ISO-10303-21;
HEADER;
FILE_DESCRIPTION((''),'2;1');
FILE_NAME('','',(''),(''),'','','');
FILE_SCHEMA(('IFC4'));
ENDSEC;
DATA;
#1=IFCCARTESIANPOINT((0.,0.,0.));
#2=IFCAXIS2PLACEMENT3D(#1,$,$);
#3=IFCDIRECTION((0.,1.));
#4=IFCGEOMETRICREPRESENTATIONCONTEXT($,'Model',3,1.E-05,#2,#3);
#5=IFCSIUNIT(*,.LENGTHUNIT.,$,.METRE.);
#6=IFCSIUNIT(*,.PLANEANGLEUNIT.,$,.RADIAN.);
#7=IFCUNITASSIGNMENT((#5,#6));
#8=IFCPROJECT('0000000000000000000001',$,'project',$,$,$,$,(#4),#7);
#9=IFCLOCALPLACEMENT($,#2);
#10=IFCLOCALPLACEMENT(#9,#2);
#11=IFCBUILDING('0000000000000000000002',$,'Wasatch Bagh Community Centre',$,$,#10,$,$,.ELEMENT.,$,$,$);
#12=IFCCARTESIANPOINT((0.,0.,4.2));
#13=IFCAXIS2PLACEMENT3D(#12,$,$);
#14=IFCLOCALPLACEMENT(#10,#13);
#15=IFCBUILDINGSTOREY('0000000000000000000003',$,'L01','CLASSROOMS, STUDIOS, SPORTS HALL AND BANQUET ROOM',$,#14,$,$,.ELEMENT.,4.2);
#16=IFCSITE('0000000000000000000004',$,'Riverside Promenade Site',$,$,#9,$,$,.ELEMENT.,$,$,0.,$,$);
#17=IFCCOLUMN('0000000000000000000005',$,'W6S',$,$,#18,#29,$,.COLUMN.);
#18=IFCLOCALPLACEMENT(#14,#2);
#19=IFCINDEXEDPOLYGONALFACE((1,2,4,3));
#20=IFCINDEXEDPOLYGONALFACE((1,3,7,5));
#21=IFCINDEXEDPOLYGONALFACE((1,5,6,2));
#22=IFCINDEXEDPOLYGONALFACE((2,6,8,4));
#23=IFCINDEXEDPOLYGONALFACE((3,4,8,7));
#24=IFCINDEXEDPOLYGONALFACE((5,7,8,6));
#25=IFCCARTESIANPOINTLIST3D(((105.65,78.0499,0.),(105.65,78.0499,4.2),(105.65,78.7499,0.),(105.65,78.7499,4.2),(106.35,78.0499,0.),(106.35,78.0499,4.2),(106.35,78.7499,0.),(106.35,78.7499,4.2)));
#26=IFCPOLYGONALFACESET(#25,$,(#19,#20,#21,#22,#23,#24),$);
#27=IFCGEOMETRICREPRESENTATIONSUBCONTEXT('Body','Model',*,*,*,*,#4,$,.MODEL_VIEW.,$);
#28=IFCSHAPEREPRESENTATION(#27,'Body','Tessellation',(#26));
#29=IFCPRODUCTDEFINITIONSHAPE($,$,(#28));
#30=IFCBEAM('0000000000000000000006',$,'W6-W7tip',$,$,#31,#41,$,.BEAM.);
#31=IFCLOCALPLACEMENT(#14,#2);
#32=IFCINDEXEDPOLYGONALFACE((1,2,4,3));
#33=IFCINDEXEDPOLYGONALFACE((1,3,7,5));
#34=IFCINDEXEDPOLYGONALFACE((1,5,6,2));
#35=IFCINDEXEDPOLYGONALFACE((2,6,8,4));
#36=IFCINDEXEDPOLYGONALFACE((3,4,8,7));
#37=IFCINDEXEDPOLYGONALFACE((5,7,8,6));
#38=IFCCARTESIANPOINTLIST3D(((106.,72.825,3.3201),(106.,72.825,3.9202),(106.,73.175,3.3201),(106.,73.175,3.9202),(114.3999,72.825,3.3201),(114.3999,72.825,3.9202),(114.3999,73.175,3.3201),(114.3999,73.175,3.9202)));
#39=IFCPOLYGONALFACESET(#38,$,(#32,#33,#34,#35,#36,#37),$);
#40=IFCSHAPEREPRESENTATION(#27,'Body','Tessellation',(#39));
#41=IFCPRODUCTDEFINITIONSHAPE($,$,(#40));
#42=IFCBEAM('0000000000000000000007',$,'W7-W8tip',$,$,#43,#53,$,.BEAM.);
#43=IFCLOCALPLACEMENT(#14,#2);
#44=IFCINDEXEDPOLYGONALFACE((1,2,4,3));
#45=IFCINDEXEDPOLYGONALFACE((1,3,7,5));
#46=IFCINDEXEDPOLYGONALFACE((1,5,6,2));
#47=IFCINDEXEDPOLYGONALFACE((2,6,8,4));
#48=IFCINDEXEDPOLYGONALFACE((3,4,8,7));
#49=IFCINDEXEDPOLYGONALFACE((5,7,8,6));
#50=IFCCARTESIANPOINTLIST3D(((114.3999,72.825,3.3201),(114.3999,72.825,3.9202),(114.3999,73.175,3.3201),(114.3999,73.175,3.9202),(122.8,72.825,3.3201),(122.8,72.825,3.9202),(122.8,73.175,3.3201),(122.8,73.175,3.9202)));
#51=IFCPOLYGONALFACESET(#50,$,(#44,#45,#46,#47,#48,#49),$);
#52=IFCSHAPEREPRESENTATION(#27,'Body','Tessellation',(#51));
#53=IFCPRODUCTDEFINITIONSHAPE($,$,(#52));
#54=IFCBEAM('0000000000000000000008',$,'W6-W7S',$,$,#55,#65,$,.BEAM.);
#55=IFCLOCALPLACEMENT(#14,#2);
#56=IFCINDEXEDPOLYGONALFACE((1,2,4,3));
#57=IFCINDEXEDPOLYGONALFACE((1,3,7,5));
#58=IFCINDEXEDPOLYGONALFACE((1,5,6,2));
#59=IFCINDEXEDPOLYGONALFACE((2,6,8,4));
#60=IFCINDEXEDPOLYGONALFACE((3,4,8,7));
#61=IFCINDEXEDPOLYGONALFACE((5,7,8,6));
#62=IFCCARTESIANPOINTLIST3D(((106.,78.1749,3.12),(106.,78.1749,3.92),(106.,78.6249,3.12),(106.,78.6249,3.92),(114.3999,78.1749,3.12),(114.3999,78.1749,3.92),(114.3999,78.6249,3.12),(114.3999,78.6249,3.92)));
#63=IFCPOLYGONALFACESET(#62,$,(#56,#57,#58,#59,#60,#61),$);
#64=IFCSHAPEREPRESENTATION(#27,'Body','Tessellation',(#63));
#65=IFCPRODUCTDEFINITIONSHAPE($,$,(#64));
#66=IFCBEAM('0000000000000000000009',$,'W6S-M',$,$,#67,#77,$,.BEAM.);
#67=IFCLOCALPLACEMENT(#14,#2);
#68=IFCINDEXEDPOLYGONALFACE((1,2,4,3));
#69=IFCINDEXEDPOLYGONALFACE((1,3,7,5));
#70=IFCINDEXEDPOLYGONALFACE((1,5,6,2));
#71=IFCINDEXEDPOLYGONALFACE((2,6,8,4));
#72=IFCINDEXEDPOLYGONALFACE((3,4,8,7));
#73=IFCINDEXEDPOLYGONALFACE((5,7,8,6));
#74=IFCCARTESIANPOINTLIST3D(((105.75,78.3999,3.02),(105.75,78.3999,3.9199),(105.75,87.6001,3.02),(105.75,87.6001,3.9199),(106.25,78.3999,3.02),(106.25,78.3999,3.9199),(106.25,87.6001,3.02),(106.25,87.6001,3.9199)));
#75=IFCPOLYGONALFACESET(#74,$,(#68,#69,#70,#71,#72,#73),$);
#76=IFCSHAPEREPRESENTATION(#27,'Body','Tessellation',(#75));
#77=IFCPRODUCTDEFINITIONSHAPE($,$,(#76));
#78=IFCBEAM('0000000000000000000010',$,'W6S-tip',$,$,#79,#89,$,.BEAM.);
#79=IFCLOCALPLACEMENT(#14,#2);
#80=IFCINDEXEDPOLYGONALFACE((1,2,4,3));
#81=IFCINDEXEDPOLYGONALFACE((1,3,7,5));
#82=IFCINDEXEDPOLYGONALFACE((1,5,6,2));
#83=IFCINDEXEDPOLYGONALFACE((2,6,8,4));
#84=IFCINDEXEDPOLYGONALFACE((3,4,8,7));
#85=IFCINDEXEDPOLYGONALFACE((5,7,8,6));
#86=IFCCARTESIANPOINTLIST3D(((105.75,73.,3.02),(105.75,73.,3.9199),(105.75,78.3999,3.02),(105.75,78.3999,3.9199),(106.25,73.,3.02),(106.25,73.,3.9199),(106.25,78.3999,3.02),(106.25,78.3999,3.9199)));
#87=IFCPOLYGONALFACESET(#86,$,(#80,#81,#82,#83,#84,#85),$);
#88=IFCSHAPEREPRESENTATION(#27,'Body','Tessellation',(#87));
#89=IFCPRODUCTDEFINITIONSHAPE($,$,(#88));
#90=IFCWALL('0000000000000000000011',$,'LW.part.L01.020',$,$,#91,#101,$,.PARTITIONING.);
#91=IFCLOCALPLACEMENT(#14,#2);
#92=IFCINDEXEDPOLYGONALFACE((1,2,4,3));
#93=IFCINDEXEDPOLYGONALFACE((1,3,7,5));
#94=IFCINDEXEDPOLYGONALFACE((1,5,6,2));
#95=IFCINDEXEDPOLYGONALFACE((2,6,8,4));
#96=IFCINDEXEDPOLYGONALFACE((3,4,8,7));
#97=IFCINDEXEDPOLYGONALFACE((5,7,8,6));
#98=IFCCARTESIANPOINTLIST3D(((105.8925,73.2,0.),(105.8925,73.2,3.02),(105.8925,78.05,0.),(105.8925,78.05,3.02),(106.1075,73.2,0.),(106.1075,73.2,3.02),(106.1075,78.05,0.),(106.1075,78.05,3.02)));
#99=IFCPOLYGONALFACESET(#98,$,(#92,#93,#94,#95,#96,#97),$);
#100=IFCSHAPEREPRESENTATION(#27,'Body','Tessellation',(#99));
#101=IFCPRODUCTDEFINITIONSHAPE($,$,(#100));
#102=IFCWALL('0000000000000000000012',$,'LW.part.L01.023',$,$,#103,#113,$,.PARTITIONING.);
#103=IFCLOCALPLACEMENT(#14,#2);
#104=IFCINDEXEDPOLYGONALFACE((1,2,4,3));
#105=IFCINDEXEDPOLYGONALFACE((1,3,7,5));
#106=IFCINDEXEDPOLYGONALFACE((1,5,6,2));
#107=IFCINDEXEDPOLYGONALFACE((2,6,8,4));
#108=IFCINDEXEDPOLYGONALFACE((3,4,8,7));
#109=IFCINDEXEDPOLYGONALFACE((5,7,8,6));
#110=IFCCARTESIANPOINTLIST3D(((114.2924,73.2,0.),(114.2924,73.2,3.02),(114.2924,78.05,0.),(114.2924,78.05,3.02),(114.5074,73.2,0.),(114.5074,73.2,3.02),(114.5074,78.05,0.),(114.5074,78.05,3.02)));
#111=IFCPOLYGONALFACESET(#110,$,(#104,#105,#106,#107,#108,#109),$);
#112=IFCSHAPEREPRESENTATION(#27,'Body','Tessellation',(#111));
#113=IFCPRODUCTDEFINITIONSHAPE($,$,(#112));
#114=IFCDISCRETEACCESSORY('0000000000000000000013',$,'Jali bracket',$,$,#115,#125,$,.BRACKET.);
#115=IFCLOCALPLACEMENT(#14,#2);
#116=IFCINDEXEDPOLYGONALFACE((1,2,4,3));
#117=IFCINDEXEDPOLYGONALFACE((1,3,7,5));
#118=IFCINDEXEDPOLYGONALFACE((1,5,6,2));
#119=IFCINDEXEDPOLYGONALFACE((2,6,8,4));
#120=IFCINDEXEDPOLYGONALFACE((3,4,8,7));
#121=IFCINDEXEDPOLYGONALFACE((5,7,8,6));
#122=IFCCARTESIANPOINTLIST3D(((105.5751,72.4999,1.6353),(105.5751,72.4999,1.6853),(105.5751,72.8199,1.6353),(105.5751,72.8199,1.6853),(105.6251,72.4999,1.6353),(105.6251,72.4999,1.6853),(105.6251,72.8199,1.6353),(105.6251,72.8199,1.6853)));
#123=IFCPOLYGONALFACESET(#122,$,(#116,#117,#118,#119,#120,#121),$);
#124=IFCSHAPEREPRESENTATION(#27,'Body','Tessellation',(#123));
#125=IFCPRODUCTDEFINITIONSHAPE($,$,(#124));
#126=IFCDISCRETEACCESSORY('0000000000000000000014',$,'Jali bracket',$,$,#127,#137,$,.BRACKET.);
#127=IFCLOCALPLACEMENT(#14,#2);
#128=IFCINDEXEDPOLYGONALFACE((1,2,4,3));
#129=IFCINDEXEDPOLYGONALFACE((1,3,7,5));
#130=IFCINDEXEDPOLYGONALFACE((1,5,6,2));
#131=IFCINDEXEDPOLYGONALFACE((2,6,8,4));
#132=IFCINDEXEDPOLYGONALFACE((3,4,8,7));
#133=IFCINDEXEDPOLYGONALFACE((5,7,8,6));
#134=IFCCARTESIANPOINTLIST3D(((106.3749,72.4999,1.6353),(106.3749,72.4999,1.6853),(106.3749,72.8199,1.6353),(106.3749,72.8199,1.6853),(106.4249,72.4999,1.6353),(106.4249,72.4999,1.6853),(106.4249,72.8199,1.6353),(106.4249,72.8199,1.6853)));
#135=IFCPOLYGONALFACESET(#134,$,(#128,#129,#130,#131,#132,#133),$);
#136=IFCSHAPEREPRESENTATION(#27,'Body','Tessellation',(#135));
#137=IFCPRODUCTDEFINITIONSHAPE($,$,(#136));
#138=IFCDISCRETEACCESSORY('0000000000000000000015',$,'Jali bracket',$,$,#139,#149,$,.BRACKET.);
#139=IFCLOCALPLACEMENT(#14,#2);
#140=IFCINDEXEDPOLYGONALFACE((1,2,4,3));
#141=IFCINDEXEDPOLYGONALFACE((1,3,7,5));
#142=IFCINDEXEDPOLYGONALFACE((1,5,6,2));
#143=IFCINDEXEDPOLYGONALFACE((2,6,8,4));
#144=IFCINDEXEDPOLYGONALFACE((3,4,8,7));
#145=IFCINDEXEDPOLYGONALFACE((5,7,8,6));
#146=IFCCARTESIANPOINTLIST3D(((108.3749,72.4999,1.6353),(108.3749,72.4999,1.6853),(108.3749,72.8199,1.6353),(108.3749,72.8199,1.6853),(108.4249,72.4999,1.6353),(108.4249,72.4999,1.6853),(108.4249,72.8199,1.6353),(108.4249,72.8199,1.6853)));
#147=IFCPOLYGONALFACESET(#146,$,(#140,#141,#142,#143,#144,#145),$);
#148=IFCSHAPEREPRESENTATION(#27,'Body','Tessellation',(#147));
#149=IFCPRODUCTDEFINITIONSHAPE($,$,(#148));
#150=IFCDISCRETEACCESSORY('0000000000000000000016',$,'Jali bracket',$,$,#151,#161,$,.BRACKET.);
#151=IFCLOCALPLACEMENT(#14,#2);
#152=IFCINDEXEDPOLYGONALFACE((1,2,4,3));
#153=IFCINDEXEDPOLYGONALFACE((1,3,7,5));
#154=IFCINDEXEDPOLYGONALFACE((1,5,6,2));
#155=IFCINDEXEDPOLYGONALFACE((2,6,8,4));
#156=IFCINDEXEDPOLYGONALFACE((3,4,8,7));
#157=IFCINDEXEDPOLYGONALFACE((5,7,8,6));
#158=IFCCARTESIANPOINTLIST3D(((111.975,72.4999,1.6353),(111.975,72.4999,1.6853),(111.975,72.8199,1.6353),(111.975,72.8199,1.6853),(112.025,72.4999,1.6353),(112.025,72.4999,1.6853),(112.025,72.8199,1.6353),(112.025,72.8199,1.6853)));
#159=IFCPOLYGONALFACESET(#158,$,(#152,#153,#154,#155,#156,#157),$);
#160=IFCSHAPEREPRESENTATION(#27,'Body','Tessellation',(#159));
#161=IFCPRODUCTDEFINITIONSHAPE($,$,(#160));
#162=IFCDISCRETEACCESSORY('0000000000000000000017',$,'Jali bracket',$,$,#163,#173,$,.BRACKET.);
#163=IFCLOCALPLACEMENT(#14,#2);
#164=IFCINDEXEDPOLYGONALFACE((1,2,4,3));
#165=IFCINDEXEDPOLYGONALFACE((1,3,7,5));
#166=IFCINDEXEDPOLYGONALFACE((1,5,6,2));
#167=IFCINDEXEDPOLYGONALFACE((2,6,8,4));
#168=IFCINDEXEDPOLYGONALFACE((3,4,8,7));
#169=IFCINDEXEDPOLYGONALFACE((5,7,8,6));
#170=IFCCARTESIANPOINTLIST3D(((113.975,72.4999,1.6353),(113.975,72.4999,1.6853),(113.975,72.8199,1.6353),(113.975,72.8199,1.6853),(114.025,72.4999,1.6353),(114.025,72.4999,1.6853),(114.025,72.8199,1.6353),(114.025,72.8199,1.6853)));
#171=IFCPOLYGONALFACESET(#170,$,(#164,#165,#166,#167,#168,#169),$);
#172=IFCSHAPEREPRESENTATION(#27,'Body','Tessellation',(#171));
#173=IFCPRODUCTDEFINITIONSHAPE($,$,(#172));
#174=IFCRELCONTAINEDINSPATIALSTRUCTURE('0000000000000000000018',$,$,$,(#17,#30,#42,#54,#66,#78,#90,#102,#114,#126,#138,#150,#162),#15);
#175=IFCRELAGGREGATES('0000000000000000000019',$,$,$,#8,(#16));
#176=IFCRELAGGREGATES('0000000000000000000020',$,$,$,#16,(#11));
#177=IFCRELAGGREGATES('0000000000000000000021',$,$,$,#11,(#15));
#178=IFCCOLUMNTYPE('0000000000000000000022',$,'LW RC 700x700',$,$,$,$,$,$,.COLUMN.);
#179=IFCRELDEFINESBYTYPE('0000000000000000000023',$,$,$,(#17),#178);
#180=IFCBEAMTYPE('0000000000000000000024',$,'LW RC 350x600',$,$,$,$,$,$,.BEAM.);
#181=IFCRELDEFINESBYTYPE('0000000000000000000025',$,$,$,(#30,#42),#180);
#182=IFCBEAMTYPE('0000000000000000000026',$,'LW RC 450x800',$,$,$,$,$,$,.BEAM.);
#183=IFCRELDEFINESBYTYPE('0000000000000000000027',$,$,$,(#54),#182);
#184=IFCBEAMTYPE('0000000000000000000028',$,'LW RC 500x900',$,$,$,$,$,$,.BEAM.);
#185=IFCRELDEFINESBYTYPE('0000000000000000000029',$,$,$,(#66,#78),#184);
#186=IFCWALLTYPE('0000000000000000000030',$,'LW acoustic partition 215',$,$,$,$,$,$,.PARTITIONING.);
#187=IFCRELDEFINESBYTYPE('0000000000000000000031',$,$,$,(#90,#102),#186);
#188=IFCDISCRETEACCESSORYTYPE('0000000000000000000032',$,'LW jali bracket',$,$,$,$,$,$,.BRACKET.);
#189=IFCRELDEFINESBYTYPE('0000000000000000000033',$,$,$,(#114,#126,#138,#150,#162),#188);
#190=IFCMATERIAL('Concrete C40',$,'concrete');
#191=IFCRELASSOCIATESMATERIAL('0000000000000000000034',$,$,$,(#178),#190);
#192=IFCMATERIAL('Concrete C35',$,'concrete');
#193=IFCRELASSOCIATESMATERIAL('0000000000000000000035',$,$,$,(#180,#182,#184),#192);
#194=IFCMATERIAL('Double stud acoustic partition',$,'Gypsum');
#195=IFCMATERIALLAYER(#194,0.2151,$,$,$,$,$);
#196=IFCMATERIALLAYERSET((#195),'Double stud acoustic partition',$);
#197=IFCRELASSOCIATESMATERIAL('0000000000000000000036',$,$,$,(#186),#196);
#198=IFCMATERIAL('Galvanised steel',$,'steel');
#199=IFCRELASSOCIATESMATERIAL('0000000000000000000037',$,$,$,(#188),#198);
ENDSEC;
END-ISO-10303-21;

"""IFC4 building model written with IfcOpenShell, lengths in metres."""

from ifc_helpers import new_model, si_unit, direction, frame, frame_2d, origin, origin_2d, place, context, subcontext, project, spatial, rectangle, extrude, material, layer, layer_set, material_profile, profile_set, type_object, element, save


model = new_model("IFC4")

# Units and contexts
model_context = context("Model", 3, precision=1e-05, world=origin(), true_north=direction((0.0, 1.0)))
body_context = subcontext(model_context, "Body", "Model", "MODEL_VIEW")
ifc_project = project(units=[si_unit("LENGTHUNIT", "METRE"), si_unit("PLANEANGLEUNIT", "RADIAN")], contexts=[model_context])

# Site, building, storey
site_placement = place(None, origin())
site = spatial("IfcSite", under=ifc_project, at=site_placement, Name="Riverside Promenade Site", CompositionType="ELEMENT", RefElevation=0.0)
building_placement = place(site_placement, origin())
building = spatial("IfcBuilding", under=site, at=building_placement, Name="Wasatch Bagh Community Centre", CompositionType="ELEMENT")
storey_placement = place(building_placement, frame((0.0, 0.0, 4.2)))
storey = spatial("IfcBuildingStorey", under=building, at=storey_placement, Name="L01", Description="CLASSROOMS, STUDIOS, SPORTS HALL AND BANQUET ROOM", CompositionType="ELEMENT", Elevation=4.2)

# Column
ifc_material_1 = material(Name="Concrete C40", Category="concrete")
ifc_material_profile_1 = material_profile(ifc_material_1, rectangle(XDim=0.7, YDim=0.7, at=origin_2d()), Name="RC 700x700")
ifc_profile_set_1 = profile_set([ifc_material_profile_1], Name="Concrete C40")
column_type = type_object("IfcColumnType", Name="LW RC 700x700", PredefinedType="COLUMN", material=ifc_profile_set_1)
column_placement = place(storey_placement, frame((106.0, 78.3999, 0.0), z_axis=(0.0, 0.0, 1.0), x_axis=(1.0, 0.0, 0.0)))
element("IfcColumn", 1, at=column_placement, inside=storey, type_object=column_type, Name="W6S", PredefinedType="COLUMN", context=body_context, shape_type="SweptSolid", body=[
    extrude(rectangle(XDim=0.7, YDim=0.7, at=origin_2d()), origin(), (0.0, 0.0, 1.0), 4.2),
])

# Beams
ifc_material_2 = material(Name="Concrete C35", Category="concrete")
ifc_material_profile_2 = material_profile(ifc_material_2, rectangle(XDim=0.3501, YDim=0.6001, at=origin_2d()), Name="RC 350x600")
ifc_profile_set_2 = profile_set([ifc_material_profile_2], Name="Concrete C35")
beam_type_1 = type_object("IfcBeamType", Name="LW RC 350x600", PredefinedType="BEAM", material=ifc_profile_set_2)
beam_1_placement = place(storey_placement, frame((106.0, 73.0, 3.6201), z_axis=(1.0, 0.0, 0.0), x_axis=(0.0, 1.0, 0.0)))
element("IfcBeam", 2, at=beam_1_placement, inside=storey, type_object=beam_type_1, Name="W6-W7tip", PredefinedType="BEAM", context=body_context, shape_type="SweptSolid", body=[
    extrude(rectangle(XDim=0.3501, YDim=0.6001, at=origin_2d()), origin(), (0.0, 0.0, 1.0), 8.3999),
])
beam_2_placement = place(storey_placement, frame((114.3999, 73.0, 3.6201), z_axis=(1.0, 0.0, 0.0), x_axis=(0.0, 1.0, 0.0)))
element("IfcBeam", 3, at=beam_2_placement, inside=storey, type_object=beam_type_1, Name="W7-W8tip", PredefinedType="BEAM", context=body_context, shape_type="SweptSolid", body=[
    extrude(rectangle(XDim=0.3501, YDim=0.6001, at=origin_2d()), origin(), (0.0, 0.0, 1.0), 8.4001),
])
ifc_material_profile_3 = material_profile(ifc_material_2, rectangle(XDim=0.45, YDim=0.8, at=origin_2d()), Name="RC 450x800")
ifc_profile_set_3 = profile_set([ifc_material_profile_3], Name="Concrete C35")
beam_type_2 = type_object("IfcBeamType", Name="LW RC 450x800", PredefinedType="BEAM", material=ifc_profile_set_3)
beam_3_placement = place(storey_placement, frame((106.0, 78.3999, 3.52), z_axis=(1.0, 0.0, 0.0), x_axis=(0.0, 1.0, 0.0)))
element("IfcBeam", 4, at=beam_3_placement, inside=storey, type_object=beam_type_2, Name="W6-W7S", PredefinedType="BEAM", context=body_context, shape_type="SweptSolid", body=[
    extrude(rectangle(XDim=0.45, YDim=0.8, at=origin_2d()), origin(), (0.0, 0.0, 1.0), 8.3999),
])
ifc_material_profile_4 = material_profile(ifc_material_2, rectangle(XDim=0.5, YDim=0.8999, at=origin_2d()), Name="RC 500x900")
ifc_profile_set_4 = profile_set([ifc_material_profile_4], Name="Concrete C35")
beam_type_3 = type_object("IfcBeamType", Name="LW RC 500x900", PredefinedType="BEAM", material=ifc_profile_set_4)
beam_4_placement = place(storey_placement, frame((106.0, 78.3999, 3.47), z_axis=(0.0, 1.0, 0.0), x_axis=(-1.0, 0.0, 0.0)))
element("IfcBeam", 5, at=beam_4_placement, inside=storey, type_object=beam_type_3, Name="W6S-M", PredefinedType="BEAM", context=body_context, shape_type="SweptSolid", body=[
    extrude(rectangle(XDim=0.5, YDim=0.8999, at=origin_2d()), origin(), (0.0, 0.0, 1.0), 9.2002),
])
beam_5_placement = place(storey_placement, frame((106.0, 78.3999, 3.47), z_axis=(0.0, -1.0, 0.0), x_axis=(1.0, 0.0, 0.0)))
element("IfcBeam", 6, at=beam_5_placement, inside=storey, type_object=beam_type_3, Name="W6S-tip", PredefinedType="BEAM", context=body_context, shape_type="SweptSolid", body=[
    extrude(rectangle(XDim=0.5, YDim=0.8999, at=origin_2d()), origin(), (0.0, 0.0, 1.0), 5.3999),
])

# Walls
ifc_material_3 = material(Name="Double stud acoustic partition", Category="Gypsum")
ifc_layer_1 = layer(ifc_material_3, 0.2151)
ifc_layer_set_1 = layer_set([ifc_layer_1], Name="Double stud acoustic partition")
wall_type_1 = type_object("IfcWallType", Name="LW acoustic partition 215", PredefinedType="PARTITIONING", material=ifc_layer_set_1)
for number, where, z_axis, x_axis, name in (
    (7, (106.0, 73.2, 0.0), (0.0, 0.0, 1.0), (0.0, 1.0, 0.0), "LW.part.L01.020"),
    (8, (114.3999, 73.2, 0.0), (0.0, 0.0, 1.0), (0.0, 1.0, 0.0), "LW.part.L01.023"),
):
    element("IfcWall", number, at=place(storey_placement, frame(where, z_axis=z_axis, x_axis=x_axis)), inside=storey, type_object=wall_type_1, Name=name, PredefinedType="PARTITIONING", context=body_context, shape_type="SweptSolid", body=[
        extrude(rectangle(XDim=4.8501, YDim=0.2151, at=frame_2d((2.425, 0.0))), origin(), (0.0, 0.0, 1.0), 3.02),
    ])

# Discrete accessories
ifc_material_4 = material(Name="Galvanised steel", Category="steel")
discrete_accessory_type = type_object("IfcDiscreteAccessoryType", Name="LW jali bracket", PredefinedType="BRACKET", material=ifc_material_4)
for number, where, z_axis, x_axis, name in (
    (9, (105.6001, 72.6599, 1.6353), (0.0, 0.0, 1.0), (1.0, 0.0, 0.0), "Jali bracket"),
    (10, (106.3999, 72.6599, 1.6353), (0.0, 0.0, 1.0), (1.0, 0.0, 0.0), "Jali bracket"),
    (11, (108.3999, 72.6599, 1.6353), (0.0, 0.0, 1.0), (1.0, 0.0, 0.0), "Jali bracket"),
    (12, (112.0, 72.6599, 1.6353), (0.0, 0.0, 1.0), (1.0, 0.0, 0.0), "Jali bracket"),
    (13, (114.0, 72.6599, 1.6353), (0.0, 0.0, 1.0), (1.0, 0.0, 0.0), "Jali bracket"),
):
    element("IfcDiscreteAccessory", number, at=place(storey_placement, frame(where, z_axis=z_axis, x_axis=x_axis)), inside=storey, type_object=discrete_accessory_type, Name=name, PredefinedType="BRACKET", context=body_context, shape_type="SweptSolid", body=[
        extrude(rectangle(XDim=0.05, YDim=0.3201, at=origin_2d()), origin(), (0.0, 0.0, 1.0), 0.05),
    ])

save(model, "model.ifc")
